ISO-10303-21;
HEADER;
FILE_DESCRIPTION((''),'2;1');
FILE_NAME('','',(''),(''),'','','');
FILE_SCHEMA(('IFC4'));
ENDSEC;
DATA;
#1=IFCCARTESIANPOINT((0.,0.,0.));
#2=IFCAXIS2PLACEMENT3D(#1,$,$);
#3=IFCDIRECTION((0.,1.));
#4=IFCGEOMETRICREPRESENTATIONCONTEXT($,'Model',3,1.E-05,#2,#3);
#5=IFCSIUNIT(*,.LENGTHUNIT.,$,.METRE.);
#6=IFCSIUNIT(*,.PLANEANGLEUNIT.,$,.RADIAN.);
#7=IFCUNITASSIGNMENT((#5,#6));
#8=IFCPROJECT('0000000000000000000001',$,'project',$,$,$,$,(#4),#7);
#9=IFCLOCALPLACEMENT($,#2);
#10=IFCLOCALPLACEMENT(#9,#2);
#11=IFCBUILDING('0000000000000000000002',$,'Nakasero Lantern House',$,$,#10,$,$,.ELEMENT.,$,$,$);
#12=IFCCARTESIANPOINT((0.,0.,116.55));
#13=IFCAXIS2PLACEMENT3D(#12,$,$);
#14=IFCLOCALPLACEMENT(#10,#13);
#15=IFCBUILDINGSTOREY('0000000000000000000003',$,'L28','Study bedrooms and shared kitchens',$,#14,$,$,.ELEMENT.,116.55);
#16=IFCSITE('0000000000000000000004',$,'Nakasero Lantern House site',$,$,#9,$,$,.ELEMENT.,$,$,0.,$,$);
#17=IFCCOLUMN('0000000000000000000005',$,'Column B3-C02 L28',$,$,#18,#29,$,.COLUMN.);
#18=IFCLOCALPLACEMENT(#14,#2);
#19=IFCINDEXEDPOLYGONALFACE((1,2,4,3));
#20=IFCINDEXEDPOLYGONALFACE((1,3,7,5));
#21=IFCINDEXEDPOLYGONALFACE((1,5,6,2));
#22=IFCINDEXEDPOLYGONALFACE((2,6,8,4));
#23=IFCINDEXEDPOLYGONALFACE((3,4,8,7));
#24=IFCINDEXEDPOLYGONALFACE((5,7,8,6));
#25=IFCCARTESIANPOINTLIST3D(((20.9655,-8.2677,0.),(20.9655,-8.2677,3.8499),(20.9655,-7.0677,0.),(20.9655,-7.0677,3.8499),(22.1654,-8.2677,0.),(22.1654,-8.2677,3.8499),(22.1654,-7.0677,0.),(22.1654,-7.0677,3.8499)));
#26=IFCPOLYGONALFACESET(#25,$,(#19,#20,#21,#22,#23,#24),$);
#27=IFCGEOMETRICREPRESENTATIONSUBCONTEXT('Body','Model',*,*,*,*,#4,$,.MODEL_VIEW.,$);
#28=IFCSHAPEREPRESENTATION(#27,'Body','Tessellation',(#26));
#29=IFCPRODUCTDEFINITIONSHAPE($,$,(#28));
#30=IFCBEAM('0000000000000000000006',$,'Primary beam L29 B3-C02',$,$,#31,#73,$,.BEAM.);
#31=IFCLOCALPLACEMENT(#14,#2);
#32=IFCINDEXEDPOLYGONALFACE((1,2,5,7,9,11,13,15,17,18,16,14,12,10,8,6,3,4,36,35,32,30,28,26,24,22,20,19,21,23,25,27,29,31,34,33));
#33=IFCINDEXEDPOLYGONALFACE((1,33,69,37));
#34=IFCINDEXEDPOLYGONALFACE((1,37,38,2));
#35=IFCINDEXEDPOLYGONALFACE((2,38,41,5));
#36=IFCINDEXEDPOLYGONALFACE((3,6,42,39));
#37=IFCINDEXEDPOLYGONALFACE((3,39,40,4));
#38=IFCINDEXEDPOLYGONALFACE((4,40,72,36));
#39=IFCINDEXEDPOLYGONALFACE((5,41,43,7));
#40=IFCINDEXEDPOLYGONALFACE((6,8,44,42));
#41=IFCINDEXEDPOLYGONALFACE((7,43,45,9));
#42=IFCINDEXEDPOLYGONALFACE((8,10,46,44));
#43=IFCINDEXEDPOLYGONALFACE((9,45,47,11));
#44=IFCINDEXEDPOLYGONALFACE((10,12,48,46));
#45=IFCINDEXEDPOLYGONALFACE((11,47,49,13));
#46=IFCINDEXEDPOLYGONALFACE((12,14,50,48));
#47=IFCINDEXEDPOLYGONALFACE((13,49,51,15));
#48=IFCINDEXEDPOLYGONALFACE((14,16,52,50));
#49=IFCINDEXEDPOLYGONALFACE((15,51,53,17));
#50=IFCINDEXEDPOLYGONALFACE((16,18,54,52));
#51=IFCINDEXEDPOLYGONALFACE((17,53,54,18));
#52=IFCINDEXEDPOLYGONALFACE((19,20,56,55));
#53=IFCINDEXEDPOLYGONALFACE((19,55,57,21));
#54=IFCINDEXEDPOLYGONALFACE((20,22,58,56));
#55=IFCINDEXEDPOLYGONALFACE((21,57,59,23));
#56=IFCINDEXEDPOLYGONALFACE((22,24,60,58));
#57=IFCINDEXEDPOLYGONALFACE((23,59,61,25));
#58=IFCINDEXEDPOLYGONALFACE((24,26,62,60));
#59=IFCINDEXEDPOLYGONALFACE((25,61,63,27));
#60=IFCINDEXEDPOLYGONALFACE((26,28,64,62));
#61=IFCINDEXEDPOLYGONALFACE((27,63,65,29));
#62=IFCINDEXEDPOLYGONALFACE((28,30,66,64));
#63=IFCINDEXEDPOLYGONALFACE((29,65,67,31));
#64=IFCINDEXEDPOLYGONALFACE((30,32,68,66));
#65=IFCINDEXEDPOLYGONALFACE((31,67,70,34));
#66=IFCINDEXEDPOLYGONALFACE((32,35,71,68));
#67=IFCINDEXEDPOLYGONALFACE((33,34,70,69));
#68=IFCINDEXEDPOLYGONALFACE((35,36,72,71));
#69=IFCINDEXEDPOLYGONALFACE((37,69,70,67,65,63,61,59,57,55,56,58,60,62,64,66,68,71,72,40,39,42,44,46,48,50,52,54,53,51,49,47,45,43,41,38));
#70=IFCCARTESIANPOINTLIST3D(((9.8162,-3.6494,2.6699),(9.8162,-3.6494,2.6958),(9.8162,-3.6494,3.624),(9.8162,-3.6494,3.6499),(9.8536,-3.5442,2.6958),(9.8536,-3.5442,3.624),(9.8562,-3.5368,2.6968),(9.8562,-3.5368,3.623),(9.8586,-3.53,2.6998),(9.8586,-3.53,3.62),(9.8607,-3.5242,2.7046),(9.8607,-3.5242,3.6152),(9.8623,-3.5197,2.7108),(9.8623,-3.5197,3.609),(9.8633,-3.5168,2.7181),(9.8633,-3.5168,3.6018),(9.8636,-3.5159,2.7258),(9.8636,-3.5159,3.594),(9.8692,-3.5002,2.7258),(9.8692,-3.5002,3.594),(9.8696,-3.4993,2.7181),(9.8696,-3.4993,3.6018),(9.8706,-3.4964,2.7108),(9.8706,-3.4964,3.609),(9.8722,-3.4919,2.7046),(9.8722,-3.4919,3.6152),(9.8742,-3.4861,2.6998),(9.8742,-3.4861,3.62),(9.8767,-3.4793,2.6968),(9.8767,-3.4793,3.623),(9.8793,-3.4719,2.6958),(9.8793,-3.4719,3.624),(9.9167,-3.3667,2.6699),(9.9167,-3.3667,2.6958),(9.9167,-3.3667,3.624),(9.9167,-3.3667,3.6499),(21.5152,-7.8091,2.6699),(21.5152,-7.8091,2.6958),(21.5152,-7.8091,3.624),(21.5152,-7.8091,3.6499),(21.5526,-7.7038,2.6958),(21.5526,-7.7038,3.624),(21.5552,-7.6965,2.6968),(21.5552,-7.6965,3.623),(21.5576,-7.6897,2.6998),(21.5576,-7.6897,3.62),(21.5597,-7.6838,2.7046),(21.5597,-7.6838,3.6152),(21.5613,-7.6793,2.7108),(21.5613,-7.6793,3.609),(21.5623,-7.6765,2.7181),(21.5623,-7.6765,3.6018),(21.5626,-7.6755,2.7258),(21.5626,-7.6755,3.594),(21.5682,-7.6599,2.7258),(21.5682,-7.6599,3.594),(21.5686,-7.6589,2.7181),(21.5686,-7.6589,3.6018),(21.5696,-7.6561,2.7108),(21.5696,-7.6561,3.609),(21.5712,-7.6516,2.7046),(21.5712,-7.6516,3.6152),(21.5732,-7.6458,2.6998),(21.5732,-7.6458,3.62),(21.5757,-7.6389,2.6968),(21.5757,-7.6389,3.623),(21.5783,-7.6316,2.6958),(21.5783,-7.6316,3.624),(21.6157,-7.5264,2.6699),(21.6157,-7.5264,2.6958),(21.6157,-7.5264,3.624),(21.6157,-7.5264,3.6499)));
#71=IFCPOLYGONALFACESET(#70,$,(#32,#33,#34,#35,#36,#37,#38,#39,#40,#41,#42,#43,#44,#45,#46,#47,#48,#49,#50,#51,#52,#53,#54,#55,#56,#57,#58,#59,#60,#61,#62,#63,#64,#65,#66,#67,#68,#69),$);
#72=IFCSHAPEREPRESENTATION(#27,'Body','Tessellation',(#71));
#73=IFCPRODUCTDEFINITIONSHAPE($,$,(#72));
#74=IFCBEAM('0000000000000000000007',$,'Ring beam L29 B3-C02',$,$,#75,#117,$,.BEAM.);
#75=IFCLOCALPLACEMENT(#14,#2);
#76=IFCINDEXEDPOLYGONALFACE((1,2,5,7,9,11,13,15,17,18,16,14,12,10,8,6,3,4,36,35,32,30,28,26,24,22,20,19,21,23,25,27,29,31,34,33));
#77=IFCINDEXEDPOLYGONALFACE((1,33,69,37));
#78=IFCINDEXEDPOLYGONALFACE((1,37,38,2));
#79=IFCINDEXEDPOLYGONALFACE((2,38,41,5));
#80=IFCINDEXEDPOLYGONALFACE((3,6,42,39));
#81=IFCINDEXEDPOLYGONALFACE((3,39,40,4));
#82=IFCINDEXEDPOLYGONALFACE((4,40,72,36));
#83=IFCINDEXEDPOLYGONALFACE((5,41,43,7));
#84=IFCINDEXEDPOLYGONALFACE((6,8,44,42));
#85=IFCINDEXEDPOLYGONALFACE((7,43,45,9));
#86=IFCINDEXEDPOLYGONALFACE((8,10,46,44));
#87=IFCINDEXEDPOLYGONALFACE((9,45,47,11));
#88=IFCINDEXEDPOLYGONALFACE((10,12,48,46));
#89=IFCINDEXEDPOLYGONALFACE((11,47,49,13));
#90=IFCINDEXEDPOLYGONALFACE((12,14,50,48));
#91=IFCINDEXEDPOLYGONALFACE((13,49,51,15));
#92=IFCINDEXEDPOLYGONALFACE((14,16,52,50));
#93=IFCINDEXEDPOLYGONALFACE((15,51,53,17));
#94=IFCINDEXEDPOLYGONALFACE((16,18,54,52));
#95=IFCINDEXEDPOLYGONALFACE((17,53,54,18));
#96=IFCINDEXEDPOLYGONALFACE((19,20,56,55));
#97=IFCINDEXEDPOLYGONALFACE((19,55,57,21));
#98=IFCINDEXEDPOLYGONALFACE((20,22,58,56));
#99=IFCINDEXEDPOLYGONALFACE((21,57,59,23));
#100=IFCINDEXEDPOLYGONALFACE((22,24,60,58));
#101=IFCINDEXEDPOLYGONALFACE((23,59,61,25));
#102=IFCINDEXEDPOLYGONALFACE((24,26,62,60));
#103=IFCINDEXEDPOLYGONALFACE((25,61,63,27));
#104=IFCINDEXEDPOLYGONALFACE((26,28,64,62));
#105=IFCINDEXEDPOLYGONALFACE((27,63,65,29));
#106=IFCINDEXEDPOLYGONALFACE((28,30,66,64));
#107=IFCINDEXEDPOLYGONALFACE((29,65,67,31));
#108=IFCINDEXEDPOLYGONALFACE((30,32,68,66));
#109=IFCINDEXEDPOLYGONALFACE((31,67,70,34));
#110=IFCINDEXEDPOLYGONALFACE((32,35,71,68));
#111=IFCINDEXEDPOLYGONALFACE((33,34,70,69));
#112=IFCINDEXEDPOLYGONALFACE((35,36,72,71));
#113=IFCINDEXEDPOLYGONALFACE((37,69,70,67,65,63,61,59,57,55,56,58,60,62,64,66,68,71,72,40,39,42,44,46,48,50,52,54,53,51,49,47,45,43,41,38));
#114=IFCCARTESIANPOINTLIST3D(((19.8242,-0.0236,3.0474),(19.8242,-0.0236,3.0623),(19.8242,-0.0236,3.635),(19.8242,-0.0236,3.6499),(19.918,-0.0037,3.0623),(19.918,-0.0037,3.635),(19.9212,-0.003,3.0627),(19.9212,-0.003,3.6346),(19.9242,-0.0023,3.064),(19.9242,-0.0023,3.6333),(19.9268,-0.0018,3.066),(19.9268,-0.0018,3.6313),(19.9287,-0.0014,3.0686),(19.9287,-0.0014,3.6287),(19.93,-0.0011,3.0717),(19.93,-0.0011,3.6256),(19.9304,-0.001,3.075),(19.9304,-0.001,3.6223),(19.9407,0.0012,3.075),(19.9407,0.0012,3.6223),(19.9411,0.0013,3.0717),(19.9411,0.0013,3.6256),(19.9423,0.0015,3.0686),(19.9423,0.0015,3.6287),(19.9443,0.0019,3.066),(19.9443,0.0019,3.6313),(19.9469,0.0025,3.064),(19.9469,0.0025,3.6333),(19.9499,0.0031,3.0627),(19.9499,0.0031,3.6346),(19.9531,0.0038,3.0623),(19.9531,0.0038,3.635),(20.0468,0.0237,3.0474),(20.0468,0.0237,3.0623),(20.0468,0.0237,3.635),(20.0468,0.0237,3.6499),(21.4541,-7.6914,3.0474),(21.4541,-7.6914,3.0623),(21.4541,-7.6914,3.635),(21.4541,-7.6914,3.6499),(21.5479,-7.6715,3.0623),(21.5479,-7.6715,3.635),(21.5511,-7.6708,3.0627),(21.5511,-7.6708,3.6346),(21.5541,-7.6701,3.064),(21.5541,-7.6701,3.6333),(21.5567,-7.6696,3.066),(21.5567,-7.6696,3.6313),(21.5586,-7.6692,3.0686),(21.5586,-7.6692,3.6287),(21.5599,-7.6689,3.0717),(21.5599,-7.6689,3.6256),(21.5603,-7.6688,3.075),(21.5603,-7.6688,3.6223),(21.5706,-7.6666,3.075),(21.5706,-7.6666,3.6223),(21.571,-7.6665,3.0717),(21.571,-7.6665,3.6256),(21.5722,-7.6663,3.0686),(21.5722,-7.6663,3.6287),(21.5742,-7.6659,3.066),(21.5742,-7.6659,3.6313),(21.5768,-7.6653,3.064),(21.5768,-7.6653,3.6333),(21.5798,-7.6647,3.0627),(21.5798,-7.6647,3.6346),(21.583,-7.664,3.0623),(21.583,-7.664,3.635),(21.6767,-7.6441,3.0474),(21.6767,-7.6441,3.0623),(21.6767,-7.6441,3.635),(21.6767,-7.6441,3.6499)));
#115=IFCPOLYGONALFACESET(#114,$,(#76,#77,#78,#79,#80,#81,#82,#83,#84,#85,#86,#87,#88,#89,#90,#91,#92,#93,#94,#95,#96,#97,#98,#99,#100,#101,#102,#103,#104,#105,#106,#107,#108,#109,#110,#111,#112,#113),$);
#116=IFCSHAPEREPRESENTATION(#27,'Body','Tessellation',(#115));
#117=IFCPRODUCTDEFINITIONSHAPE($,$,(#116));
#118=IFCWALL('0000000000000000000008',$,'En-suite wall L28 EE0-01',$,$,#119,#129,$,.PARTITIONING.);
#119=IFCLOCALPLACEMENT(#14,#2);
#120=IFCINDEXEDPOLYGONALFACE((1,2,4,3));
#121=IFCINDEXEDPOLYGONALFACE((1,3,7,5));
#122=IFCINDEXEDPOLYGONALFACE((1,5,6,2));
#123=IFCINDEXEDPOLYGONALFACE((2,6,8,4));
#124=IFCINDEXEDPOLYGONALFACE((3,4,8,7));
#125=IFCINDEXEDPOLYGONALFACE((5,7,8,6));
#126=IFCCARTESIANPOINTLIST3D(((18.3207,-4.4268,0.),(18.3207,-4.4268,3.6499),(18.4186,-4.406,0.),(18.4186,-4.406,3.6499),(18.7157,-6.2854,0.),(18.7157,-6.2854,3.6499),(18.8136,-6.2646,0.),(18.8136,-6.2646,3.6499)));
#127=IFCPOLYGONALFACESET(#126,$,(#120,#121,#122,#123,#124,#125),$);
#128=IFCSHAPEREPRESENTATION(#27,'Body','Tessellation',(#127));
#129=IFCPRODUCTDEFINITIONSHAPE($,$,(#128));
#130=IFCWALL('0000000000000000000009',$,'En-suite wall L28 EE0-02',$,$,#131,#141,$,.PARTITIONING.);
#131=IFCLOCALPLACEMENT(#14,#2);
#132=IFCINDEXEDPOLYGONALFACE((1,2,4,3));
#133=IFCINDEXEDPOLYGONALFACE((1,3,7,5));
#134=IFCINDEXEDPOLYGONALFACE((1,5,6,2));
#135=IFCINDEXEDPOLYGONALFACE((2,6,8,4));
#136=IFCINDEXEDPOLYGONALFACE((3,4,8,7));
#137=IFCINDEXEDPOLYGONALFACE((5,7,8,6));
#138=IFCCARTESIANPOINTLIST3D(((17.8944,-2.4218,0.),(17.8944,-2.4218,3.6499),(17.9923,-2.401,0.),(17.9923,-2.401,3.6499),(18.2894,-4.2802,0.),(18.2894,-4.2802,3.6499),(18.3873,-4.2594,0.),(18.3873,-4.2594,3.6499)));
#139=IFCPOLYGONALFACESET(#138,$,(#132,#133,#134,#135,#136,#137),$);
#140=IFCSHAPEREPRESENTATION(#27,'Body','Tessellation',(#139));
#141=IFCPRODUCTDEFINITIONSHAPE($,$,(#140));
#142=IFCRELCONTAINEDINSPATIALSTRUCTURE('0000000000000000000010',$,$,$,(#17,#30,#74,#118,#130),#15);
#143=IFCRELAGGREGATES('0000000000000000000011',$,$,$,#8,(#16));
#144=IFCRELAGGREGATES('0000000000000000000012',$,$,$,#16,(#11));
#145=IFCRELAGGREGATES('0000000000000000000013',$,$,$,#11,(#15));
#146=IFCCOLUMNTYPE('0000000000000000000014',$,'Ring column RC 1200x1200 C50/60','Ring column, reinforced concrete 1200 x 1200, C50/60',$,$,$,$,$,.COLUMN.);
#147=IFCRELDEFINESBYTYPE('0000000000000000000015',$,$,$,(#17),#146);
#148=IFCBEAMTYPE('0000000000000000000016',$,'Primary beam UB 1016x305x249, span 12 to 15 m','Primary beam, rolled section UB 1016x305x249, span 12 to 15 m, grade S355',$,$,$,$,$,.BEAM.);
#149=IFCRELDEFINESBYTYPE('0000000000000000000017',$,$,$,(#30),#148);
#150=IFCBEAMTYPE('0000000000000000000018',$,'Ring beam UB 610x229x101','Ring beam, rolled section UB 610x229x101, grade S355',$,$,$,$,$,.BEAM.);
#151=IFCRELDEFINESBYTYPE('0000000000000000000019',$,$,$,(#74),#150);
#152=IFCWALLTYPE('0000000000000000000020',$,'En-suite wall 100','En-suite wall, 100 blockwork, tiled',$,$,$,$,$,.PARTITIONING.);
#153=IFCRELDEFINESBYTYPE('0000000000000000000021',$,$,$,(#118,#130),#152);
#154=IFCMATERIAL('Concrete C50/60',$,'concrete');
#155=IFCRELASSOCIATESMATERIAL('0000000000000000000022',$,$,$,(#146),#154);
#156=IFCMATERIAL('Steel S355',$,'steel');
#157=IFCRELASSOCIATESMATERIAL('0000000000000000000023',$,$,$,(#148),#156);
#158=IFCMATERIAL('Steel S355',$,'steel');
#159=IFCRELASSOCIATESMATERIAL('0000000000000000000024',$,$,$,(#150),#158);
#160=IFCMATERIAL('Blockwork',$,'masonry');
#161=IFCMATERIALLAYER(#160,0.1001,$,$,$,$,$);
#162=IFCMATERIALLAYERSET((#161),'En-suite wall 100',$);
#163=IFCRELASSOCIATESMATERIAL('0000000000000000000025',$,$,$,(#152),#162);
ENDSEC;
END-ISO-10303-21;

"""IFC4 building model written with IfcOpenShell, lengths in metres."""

from ifc_helpers import new_model, si_unit, direction, frame, frame_2d, origin, origin_2d, place, context, subcontext, project, spatial, rectangle, i_section, extrude, material, layer, layer_set, material_profile, profile_set, type_object, element, save


model = new_model("IFC4")

# Units and contexts
model_context = context("Model", 3, precision=1e-05, world=origin(), true_north=direction((0.0, 1.0)))
body_context = subcontext(model_context, "Body", "Model", "MODEL_VIEW")
ifc_project = project(units=[si_unit("LENGTHUNIT", "METRE"), si_unit("PLANEANGLEUNIT", "RADIAN")], contexts=[model_context])

# Site, building, storey
site_placement = place(None, origin())
site = spatial("IfcSite", under=ifc_project, at=site_placement, Name="Nakasero Lantern House site", CompositionType="ELEMENT", RefElevation=0.0)
building_placement = place(site_placement, origin())
building = spatial("IfcBuilding", under=site, at=building_placement, Name="Nakasero Lantern House", CompositionType="ELEMENT")
storey_placement = place(building_placement, frame((0.0, 0.0, 116.55)))
storey = spatial("IfcBuildingStorey", under=building, at=storey_placement, Name="L28", Description="Study bedrooms and shared kitchens", CompositionType="ELEMENT", Elevation=116.55)

# Column
ifc_material_1 = material(Name="Concrete C50/60", Category="concrete")
ifc_material_profile_1 = material_profile(ifc_material_1, rectangle(XDim=1.2, YDim=1.2, at=origin_2d()), Name="RC 1200x1200")
ifc_profile_set_1 = profile_set([ifc_material_profile_1], Name="Concrete C50/60")
column_type = type_object("IfcColumnType", Name="Ring column RC 1200x1200 C50/60", Description="Ring column, reinforced concrete 1200 x 1200, C50/60", PredefinedType="COLUMN", material=ifc_profile_set_1)
column_placement = place(storey_placement, frame((21.5654, -7.6677, 0.0), z_axis=(0.0, 0.0, 1.0), x_axis=(1.0, 0.0, 0.0)))
element("IfcColumn", 1, at=column_placement, inside=storey, type_object=column_type, Name="Column B3-C02 L28", PredefinedType="COLUMN", context=body_context, shape_type="SweptSolid", body=[
    extrude(rectangle(XDim=1.2, YDim=1.2, at=origin_2d()), origin(), (0.0, 0.0, 1.0), 3.8499),
])

# Beams
ifc_material_2 = material(Name="Steel S355", Category="steel")
ifc_material_profile_2 = material_profile(ifc_material_2, i_section(OverallWidth=0.3, OverallDepth=0.98, WebThickness=0.0166, FlangeThickness=0.0259, FilletRadius=0.03, at=origin_2d()), Name="UB 1016x305x249")
ifc_profile_set_2 = profile_set([ifc_material_profile_2], Name="Steel S355")
beam_type_1 = type_object("IfcBeamType", Name="Primary beam UB 1016x305x249, span 12 to 15 m", Description="Primary beam, rolled section UB 1016x305x249, span 12 to 15 m, grade S355", PredefinedType="BEAM", material=ifc_profile_set_2)
beam_1_placement = place(storey_placement, frame((21.5654, -7.6677, 3.1599), z_axis=(-0.942214, 0.335012, 0.0), x_axis=(-0.335012, -0.942214, 0.0)))
element("IfcBeam", 2, at=beam_1_placement, inside=storey, type_object=beam_type_1, Name="Primary beam L29 B3-C02", PredefinedType="BEAM", context=body_context, shape_type="SweptSolid", body=[
    extrude(i_section(OverallWidth=0.3, OverallDepth=0.98, WebThickness=0.0166, FlangeThickness=0.0259, FilletRadius=0.03, at=origin_2d()), origin(), (0.0, 0.0, 1.0), 12.4165),
])
ifc_material_3 = material(Name="Steel S355", Category="steel")
ifc_material_profile_3 = material_profile(ifc_material_3, i_section(OverallWidth=0.2275, OverallDepth=0.6025, WebThickness=0.0105, FlangeThickness=0.0149, FilletRadius=0.0127, at=origin_2d()), Name="UB 610x229x101")
ifc_profile_set_3 = profile_set([ifc_material_profile_3], Name="Steel S355")
beam_type_2 = type_object("IfcBeamType", Name="Ring beam UB 610x229x101", Description="Ring beam, rolled section UB 610x229x101, grade S355", PredefinedType="BEAM", material=ifc_profile_set_3)
beam_2_placement = place(storey_placement, frame((21.5654, -7.6677, 3.3486), z_axis=(-0.207919, 0.978146, 0.0), x_axis=(-0.978146, -0.207919, 0.0)))
element("IfcBeam", 3, at=beam_2_placement, inside=storey, type_object=beam_type_2, Name="Ring beam L29 B3-C02", PredefinedType="BEAM", context=body_context, shape_type="SweptSolid", body=[
    extrude(i_section(OverallWidth=0.2275, OverallDepth=0.6025, WebThickness=0.0105, FlangeThickness=0.0149, FilletRadius=0.0127, at=origin_2d()), origin(), (0.0, 0.0, 1.0), 7.8391),
])

# Walls
ifc_material_4 = material(Name="Blockwork", Category="masonry")
ifc_layer_1 = layer(ifc_material_4, 0.1001)
ifc_layer_set_1 = layer_set([ifc_layer_1], Name="En-suite wall 100")
wall_type_1 = type_object("IfcWallType", Name="En-suite wall 100", Description="En-suite wall, 100 blockwork, tiled", PredefinedType="PARTITIONING", material=ifc_layer_set_1)
wall_1_placement = place(storey_placement, frame((18.7646, -6.2751, 0.0), z_axis=(0.0, 0.0, 1.0), x_axis=(-0.207888, 0.978153, 0.0)))
element("IfcWall", 4, at=wall_1_placement, inside=storey, type_object=wall_type_1, Name="En-suite wall L28 EE0-01", PredefinedType="PARTITIONING", context=body_context, shape_type="SweptSolid", body=[
    extrude(rectangle(XDim=1.9001, YDim=0.1001, at=frame_2d((0.9502, 0.0))), origin(), (0.0, 0.0, 1.0), 3.6499),
])
wall_2_placement = place(storey_placement, frame((18.3384, -4.2698, 0.0), z_axis=(0.0, 0.0, 1.0), x_axis=(-0.207914, 0.978147, 0.0)))
element("IfcWall", 5, at=wall_2_placement, inside=storey, type_object=wall_type_1, Name="En-suite wall L28 EE0-02", PredefinedType="PARTITIONING", context=body_context, shape_type="SweptSolid", body=[
    extrude(rectangle(XDim=1.8999, YDim=0.1001, at=frame_2d((0.95, 0.0))), origin(), (0.0, 0.0, 1.0), 3.6499),
])

save(model, "model.ifc")
